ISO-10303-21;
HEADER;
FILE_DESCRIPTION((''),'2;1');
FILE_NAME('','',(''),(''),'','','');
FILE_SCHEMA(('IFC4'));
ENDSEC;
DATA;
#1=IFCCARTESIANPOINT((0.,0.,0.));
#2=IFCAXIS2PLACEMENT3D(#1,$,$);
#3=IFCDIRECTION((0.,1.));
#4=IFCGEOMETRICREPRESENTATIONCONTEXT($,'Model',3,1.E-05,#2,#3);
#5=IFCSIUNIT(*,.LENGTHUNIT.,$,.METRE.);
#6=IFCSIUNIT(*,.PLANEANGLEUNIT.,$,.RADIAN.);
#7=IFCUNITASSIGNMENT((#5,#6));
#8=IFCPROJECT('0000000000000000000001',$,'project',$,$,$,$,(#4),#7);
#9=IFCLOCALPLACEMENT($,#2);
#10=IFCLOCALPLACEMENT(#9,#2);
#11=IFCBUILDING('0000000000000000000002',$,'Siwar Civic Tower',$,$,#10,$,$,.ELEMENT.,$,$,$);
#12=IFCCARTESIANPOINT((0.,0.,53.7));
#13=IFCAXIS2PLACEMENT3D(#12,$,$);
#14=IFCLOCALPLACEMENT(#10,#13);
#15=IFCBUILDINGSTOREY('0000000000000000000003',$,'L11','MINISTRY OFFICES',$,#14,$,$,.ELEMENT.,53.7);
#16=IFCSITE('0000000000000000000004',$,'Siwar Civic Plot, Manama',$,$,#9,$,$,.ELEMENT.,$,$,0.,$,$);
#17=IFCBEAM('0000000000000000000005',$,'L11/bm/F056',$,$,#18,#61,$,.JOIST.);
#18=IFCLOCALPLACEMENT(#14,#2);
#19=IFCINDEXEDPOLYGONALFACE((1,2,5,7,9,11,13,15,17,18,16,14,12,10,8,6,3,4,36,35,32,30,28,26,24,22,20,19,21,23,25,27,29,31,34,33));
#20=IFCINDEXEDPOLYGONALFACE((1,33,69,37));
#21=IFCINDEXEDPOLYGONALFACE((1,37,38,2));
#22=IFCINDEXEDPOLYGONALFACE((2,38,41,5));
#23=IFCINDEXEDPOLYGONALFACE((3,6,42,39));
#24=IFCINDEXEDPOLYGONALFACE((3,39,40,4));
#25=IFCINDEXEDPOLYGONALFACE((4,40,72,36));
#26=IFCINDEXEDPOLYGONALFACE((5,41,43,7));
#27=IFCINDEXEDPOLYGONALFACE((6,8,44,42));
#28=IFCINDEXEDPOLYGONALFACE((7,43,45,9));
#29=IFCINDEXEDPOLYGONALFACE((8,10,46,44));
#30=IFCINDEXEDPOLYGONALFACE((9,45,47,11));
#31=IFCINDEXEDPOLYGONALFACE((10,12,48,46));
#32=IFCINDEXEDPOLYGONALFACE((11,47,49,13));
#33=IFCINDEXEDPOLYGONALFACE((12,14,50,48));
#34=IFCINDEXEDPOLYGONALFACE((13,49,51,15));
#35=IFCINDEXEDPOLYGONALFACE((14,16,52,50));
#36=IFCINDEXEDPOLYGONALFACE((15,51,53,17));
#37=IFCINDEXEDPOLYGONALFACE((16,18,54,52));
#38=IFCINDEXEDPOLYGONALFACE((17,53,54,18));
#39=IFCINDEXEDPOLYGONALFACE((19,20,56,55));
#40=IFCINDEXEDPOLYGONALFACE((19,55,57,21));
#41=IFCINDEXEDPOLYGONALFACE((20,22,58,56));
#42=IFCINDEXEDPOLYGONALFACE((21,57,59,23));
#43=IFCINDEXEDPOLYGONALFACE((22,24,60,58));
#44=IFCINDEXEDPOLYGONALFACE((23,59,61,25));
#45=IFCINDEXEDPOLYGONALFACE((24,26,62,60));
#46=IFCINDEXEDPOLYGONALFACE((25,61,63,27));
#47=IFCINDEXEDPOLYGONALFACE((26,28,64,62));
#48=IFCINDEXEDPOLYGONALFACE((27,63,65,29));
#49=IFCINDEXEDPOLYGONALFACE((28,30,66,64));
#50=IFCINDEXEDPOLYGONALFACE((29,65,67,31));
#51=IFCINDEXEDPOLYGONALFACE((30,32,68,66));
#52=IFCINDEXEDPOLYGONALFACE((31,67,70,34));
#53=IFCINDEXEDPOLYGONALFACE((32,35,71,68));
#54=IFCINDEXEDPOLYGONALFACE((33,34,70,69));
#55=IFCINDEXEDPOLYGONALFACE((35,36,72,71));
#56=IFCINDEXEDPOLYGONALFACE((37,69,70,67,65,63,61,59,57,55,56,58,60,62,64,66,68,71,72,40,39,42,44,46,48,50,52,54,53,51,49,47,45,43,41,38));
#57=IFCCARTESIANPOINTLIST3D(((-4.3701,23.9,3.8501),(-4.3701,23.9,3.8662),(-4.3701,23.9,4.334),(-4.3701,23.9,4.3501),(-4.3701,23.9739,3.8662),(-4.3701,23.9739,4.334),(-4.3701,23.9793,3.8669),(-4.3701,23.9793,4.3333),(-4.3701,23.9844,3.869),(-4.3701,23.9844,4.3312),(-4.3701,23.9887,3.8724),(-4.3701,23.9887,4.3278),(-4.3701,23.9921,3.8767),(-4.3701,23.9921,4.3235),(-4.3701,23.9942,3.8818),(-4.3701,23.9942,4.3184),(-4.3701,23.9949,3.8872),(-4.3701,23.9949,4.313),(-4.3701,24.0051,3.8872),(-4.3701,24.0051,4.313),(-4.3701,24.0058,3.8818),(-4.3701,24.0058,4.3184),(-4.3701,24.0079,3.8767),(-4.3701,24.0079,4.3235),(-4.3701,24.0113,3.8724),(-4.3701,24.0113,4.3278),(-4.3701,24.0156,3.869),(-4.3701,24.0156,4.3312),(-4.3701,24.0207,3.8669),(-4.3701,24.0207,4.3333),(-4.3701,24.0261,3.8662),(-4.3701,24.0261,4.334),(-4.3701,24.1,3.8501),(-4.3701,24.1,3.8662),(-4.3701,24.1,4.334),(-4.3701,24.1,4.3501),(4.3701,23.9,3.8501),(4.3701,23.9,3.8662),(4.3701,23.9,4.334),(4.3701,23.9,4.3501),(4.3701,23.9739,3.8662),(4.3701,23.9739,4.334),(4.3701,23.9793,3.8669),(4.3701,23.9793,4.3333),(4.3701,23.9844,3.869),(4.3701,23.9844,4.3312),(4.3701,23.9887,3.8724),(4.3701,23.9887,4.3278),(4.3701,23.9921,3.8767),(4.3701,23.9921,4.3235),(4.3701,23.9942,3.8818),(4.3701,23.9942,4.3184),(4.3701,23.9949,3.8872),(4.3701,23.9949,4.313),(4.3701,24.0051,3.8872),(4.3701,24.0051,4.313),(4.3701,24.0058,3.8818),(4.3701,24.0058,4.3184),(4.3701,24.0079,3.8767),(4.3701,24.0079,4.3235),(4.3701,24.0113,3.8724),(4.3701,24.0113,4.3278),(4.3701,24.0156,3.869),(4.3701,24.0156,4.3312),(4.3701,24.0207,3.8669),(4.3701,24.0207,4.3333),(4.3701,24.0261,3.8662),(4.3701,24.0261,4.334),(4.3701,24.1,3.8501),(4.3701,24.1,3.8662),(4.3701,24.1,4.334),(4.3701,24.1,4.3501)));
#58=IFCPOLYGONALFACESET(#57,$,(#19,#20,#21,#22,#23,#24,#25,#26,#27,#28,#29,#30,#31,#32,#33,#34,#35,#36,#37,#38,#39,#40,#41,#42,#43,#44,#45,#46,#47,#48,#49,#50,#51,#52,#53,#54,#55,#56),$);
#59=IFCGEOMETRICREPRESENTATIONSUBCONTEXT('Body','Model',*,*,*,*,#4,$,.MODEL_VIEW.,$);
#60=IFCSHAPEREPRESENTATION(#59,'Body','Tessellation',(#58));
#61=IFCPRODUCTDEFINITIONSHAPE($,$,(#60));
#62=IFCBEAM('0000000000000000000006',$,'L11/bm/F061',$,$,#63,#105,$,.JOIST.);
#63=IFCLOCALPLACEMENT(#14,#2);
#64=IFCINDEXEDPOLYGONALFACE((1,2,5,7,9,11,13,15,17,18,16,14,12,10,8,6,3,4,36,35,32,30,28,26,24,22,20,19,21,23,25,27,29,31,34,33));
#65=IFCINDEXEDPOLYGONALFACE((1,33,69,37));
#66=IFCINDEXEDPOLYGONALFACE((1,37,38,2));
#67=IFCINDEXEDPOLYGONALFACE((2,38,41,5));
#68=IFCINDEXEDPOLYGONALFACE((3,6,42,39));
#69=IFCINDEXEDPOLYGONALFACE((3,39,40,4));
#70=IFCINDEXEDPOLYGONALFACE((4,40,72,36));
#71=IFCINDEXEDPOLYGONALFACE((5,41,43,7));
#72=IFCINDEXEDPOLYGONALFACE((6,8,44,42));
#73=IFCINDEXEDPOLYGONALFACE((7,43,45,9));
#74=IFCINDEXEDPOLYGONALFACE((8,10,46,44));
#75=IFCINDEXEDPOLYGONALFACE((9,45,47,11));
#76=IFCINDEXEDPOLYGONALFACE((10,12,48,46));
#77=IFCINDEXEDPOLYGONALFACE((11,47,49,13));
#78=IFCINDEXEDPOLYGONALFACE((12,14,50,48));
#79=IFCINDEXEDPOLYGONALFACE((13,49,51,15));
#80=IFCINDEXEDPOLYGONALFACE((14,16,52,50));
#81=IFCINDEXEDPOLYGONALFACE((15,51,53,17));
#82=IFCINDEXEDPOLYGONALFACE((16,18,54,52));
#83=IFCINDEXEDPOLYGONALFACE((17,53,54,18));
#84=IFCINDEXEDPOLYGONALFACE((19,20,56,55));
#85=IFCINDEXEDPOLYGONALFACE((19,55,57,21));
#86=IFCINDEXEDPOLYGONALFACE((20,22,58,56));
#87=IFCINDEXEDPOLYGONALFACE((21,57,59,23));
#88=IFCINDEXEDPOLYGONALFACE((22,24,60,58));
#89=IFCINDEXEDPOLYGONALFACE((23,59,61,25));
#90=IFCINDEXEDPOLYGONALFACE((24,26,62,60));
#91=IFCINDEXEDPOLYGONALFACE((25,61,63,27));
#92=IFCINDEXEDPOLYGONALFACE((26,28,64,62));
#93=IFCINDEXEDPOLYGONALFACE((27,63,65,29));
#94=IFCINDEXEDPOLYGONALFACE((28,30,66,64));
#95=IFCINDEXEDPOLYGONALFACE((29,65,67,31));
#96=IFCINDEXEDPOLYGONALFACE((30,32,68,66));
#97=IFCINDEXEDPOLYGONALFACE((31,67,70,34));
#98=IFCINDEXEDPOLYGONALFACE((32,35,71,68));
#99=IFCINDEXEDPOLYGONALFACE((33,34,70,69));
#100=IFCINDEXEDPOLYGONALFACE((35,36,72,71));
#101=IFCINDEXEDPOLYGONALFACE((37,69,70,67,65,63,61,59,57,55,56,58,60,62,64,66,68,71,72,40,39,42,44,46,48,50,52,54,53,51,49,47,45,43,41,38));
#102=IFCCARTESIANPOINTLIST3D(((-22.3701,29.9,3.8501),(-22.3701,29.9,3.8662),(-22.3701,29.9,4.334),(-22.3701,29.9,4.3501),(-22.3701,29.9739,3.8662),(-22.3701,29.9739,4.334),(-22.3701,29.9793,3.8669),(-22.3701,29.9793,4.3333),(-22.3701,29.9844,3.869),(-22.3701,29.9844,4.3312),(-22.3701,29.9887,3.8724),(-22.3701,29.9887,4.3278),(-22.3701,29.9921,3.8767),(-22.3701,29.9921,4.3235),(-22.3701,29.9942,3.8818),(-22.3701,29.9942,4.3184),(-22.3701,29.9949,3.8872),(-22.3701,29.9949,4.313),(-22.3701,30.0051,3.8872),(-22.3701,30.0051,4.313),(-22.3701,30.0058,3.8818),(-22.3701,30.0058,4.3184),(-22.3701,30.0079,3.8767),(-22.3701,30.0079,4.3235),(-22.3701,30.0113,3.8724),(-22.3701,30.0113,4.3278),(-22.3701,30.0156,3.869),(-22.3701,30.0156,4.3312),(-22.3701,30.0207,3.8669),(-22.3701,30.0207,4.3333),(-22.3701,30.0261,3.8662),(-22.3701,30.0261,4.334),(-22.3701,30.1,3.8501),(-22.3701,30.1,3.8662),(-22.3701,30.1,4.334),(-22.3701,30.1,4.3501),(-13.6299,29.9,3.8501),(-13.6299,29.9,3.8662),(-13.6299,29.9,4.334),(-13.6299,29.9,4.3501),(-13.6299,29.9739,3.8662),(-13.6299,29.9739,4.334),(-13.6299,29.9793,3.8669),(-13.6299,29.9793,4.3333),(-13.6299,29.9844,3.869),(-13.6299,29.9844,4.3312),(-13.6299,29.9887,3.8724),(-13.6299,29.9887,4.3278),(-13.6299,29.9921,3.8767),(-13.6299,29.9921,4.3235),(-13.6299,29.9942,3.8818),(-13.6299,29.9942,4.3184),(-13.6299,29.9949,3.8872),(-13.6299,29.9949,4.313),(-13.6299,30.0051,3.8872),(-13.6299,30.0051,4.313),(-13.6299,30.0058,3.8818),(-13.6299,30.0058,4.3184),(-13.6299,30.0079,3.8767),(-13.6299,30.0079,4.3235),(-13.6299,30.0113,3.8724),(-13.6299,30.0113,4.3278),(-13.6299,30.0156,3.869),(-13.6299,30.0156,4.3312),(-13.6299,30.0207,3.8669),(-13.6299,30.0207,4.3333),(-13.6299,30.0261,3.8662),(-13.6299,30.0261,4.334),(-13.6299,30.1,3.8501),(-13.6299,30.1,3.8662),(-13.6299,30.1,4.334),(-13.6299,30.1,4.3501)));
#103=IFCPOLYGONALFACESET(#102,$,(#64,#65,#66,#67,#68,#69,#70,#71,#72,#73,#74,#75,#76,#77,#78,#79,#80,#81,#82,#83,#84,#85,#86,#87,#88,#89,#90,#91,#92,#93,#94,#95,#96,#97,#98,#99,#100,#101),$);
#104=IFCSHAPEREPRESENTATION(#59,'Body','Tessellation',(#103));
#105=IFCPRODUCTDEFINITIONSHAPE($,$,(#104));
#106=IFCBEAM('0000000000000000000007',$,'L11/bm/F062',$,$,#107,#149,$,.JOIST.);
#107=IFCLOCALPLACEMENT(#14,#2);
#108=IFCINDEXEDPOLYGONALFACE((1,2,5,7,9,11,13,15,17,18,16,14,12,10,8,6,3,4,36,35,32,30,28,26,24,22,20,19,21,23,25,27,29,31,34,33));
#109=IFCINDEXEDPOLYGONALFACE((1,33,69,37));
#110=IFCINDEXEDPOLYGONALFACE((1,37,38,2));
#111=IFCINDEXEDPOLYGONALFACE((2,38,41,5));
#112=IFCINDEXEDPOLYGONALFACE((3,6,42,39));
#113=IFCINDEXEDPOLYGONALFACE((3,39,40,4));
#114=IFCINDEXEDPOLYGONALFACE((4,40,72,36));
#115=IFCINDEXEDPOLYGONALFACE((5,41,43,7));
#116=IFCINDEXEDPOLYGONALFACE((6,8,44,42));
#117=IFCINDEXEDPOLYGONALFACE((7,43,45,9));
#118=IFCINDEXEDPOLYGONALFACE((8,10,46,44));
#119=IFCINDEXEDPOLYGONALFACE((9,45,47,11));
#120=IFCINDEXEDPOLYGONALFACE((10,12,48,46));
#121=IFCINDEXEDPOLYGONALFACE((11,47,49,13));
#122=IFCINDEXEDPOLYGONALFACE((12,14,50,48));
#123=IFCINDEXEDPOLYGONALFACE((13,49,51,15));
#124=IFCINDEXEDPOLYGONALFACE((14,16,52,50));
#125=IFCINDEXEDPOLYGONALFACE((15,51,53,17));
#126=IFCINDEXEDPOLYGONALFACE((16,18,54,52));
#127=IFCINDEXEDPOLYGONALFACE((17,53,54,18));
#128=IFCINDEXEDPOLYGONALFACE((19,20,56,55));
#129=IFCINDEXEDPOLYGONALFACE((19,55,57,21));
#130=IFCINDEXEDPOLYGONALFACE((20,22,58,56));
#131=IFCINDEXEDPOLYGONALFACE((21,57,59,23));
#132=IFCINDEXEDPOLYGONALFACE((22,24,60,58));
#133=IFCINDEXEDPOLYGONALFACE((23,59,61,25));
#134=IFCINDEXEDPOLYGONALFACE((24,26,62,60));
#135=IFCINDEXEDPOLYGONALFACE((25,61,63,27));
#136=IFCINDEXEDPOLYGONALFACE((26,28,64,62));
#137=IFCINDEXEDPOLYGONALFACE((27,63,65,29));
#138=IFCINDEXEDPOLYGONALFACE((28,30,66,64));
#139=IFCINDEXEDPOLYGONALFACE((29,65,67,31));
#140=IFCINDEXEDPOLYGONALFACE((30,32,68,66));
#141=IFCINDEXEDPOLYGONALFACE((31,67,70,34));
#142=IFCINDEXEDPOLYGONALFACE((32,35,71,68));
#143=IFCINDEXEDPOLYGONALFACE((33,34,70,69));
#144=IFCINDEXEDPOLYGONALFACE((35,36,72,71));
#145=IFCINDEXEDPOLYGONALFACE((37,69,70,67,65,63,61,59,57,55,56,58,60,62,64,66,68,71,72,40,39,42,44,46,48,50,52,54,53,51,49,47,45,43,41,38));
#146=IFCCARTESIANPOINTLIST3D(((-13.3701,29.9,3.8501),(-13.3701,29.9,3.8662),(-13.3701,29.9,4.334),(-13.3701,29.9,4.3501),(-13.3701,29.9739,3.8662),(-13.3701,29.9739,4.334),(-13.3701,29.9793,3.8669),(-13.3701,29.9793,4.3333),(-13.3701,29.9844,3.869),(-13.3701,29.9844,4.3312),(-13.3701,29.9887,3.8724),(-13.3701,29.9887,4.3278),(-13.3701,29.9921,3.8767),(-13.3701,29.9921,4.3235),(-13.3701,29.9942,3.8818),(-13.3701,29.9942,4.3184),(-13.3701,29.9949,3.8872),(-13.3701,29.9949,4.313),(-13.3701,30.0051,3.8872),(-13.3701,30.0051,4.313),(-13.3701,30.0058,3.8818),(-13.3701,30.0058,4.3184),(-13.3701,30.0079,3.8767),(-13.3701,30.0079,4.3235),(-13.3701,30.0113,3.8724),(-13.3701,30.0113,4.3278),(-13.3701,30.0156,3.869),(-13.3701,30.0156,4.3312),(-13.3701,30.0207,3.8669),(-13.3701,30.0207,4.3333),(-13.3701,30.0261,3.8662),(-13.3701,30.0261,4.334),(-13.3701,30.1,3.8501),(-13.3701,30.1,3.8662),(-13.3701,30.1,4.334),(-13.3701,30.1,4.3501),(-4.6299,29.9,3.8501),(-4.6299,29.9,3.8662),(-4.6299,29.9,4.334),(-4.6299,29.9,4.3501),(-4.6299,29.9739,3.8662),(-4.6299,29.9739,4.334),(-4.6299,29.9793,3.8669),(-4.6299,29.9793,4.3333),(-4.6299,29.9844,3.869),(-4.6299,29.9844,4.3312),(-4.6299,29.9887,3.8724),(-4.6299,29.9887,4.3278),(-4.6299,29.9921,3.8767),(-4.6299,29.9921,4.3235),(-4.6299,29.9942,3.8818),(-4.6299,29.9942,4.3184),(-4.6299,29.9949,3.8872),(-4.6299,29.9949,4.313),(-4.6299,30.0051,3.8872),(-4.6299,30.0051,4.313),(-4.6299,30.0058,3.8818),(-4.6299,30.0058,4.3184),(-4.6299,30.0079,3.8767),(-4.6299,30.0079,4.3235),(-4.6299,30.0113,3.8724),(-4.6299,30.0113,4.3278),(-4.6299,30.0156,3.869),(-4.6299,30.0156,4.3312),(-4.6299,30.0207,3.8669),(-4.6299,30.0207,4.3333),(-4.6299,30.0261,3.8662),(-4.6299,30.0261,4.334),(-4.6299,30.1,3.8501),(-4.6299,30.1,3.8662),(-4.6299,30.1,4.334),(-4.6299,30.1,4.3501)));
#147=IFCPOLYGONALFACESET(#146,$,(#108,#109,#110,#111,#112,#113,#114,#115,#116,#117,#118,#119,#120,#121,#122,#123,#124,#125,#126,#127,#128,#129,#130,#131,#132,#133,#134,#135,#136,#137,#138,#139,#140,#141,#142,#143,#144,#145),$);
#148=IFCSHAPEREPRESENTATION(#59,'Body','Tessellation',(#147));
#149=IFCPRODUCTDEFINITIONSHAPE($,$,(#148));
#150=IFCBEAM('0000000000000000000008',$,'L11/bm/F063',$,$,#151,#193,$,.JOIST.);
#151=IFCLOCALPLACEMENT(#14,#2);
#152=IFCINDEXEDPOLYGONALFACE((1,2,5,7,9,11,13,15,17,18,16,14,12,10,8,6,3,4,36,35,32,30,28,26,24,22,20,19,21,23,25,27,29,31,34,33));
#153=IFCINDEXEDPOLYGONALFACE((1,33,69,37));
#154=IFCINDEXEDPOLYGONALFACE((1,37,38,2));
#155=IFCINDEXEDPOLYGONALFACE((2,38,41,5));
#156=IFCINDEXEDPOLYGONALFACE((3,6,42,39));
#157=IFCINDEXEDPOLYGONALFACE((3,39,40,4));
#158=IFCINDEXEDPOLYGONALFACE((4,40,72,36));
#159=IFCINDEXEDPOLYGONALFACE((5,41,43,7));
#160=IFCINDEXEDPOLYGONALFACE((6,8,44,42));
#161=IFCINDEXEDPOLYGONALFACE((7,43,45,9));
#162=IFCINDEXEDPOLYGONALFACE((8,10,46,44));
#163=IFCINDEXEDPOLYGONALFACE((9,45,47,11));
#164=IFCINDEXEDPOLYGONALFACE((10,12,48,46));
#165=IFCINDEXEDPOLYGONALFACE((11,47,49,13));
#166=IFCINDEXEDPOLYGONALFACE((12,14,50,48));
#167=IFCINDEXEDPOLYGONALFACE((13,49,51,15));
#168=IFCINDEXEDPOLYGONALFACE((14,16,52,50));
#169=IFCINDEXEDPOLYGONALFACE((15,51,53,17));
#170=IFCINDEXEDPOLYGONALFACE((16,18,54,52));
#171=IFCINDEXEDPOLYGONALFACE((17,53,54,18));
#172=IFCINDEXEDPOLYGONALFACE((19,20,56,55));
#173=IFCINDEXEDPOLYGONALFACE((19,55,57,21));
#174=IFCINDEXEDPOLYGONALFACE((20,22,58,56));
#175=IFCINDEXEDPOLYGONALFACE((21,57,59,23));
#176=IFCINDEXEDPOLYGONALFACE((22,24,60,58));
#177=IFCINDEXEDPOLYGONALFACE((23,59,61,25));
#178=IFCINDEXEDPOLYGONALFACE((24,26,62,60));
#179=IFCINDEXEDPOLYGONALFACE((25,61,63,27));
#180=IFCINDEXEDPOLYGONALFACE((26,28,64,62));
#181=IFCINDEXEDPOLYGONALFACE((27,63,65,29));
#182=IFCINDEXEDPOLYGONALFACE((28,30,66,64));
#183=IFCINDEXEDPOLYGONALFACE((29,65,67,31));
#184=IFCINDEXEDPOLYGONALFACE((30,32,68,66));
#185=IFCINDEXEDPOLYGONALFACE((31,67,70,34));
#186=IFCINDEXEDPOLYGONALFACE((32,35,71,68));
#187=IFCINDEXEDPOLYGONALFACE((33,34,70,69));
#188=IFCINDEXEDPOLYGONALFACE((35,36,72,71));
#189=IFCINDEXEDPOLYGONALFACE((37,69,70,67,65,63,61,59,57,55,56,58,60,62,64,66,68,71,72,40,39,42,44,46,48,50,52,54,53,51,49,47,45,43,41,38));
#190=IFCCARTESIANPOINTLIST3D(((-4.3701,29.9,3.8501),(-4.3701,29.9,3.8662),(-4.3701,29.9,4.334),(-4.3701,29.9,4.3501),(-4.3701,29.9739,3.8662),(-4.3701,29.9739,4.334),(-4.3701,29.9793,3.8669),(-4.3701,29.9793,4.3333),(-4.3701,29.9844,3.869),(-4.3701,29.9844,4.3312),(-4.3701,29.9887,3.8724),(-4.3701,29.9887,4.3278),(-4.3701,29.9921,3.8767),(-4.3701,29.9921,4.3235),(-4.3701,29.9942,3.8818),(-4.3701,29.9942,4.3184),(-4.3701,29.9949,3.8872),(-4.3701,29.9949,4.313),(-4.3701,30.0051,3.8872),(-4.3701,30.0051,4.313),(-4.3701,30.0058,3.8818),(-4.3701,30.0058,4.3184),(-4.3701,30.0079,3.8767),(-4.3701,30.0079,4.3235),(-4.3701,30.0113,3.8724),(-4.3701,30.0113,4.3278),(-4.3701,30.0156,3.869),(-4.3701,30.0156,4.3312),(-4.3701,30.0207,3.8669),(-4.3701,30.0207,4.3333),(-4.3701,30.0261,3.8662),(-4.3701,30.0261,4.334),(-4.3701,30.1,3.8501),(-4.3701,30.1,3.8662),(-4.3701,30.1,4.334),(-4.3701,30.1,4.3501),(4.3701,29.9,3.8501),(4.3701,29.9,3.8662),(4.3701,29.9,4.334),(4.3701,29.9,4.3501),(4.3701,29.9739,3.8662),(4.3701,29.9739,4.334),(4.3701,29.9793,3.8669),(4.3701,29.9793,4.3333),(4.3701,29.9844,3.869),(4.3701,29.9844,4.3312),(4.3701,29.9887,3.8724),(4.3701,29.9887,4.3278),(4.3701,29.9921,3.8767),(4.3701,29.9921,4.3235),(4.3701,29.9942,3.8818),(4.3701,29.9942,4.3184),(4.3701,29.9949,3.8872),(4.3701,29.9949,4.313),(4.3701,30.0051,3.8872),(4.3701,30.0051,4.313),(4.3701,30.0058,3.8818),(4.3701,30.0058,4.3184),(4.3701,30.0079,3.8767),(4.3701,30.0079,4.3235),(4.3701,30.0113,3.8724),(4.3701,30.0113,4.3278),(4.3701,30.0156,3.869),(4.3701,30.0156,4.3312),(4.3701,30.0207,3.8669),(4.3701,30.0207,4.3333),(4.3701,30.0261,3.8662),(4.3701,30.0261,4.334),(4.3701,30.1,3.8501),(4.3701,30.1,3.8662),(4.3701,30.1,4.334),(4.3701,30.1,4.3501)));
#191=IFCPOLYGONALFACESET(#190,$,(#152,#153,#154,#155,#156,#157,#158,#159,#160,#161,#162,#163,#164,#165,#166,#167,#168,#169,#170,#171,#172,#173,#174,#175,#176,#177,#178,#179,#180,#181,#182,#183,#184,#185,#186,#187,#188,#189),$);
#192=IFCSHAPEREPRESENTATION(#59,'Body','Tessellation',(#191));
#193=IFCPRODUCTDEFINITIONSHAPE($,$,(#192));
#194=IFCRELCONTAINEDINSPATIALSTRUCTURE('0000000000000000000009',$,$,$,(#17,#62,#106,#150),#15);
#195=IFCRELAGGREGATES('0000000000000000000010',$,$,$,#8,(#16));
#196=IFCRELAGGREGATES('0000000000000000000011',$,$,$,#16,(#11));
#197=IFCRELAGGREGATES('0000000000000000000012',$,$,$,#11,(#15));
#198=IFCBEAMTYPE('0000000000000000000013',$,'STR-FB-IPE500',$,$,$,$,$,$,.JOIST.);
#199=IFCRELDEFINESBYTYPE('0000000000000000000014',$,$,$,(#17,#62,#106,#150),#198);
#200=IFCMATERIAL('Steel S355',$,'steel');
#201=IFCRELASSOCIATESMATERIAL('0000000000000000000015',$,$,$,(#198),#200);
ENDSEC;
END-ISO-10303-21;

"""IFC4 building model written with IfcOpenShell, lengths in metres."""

from ifc_helpers import new_model, si_unit, direction, frame, origin, origin_2d, place, context, subcontext, project, spatial, i_section, extrude, material, material_profile, profile_set, type_object, element, save


model = new_model("IFC4")

# Units and contexts
model_context = context("Model", 3, precision=1e-05, world=origin(), true_north=direction((0.0, 1.0)))
body_context = subcontext(model_context, "Body", "Model", "MODEL_VIEW")
ifc_project = project(units=[si_unit("LENGTHUNIT", "METRE"), si_unit("PLANEANGLEUNIT", "RADIAN")], contexts=[model_context])

# Site, building, storey
site_placement = place(None, origin())
site = spatial("IfcSite", under=ifc_project, at=site_placement, Name="Siwar Civic Plot, Manama", CompositionType="ELEMENT", RefElevation=0.0)
building_placement = place(site_placement, origin())
building = spatial("IfcBuilding", under=site, at=building_placement, Name="Siwar Civic Tower", CompositionType="ELEMENT")
storey_placement = place(building_placement, frame((0.0, 0.0, 53.7)))
storey = spatial("IfcBuildingStorey", under=building, at=storey_placement, Name="L11", Description="MINISTRY OFFICES", CompositionType="ELEMENT", Elevation=53.7)

# Beams
ifc_material_1 = material(Name="Steel S355", Category="steel")
ifc_material_profile_1 = material_profile(ifc_material_1, i_section(OverallWidth=0.2, OverallDepth=0.5, WebThickness=0.0103, FlangeThickness=0.0161, FilletRadius=0.021, at=origin_2d()), Name="IPE500")
ifc_profile_set_1 = profile_set([ifc_material_profile_1], Name="Steel S355")
beam_type_1 = type_object("IfcBeamType", Name="STR-FB-IPE500", PredefinedType="JOIST", material=ifc_profile_set_1)
for number, where, z_axis, x_axis, name in (
    (1, (-4.3701, 24.0, 4.1001), (1.0, 0.0, 0.0), (0.0, 1.0, 0.0), "L11/bm/F056"),
    (2, (-22.3701, 30.0, 4.1001), (1.0, 0.0, 0.0), (0.0, 1.0, 0.0), "L11/bm/F061"),
    (3, (-13.3701, 30.0, 4.1001), (1.0, 0.0, 0.0), (0.0, 1.0, 0.0), "L11/bm/F062"),
    (4, (-4.3701, 30.0, 4.1001), (1.0, 0.0, 0.0), (0.0, 1.0, 0.0), "L11/bm/F063"),
):
    element("IfcBeam", number, at=place(storey_placement, frame(where, z_axis=z_axis, x_axis=x_axis)), inside=storey, type_object=beam_type_1, Name=name, PredefinedType="JOIST", context=body_context, shape_type="SweptSolid", body=[
        extrude(i_section(OverallWidth=0.2, OverallDepth=0.5, WebThickness=0.0103, FlangeThickness=0.0161, FilletRadius=0.021, at=origin_2d()), origin(), (0.0, 0.0, 1.0), 8.7402),
    ])

save(model, "model.ifc")
